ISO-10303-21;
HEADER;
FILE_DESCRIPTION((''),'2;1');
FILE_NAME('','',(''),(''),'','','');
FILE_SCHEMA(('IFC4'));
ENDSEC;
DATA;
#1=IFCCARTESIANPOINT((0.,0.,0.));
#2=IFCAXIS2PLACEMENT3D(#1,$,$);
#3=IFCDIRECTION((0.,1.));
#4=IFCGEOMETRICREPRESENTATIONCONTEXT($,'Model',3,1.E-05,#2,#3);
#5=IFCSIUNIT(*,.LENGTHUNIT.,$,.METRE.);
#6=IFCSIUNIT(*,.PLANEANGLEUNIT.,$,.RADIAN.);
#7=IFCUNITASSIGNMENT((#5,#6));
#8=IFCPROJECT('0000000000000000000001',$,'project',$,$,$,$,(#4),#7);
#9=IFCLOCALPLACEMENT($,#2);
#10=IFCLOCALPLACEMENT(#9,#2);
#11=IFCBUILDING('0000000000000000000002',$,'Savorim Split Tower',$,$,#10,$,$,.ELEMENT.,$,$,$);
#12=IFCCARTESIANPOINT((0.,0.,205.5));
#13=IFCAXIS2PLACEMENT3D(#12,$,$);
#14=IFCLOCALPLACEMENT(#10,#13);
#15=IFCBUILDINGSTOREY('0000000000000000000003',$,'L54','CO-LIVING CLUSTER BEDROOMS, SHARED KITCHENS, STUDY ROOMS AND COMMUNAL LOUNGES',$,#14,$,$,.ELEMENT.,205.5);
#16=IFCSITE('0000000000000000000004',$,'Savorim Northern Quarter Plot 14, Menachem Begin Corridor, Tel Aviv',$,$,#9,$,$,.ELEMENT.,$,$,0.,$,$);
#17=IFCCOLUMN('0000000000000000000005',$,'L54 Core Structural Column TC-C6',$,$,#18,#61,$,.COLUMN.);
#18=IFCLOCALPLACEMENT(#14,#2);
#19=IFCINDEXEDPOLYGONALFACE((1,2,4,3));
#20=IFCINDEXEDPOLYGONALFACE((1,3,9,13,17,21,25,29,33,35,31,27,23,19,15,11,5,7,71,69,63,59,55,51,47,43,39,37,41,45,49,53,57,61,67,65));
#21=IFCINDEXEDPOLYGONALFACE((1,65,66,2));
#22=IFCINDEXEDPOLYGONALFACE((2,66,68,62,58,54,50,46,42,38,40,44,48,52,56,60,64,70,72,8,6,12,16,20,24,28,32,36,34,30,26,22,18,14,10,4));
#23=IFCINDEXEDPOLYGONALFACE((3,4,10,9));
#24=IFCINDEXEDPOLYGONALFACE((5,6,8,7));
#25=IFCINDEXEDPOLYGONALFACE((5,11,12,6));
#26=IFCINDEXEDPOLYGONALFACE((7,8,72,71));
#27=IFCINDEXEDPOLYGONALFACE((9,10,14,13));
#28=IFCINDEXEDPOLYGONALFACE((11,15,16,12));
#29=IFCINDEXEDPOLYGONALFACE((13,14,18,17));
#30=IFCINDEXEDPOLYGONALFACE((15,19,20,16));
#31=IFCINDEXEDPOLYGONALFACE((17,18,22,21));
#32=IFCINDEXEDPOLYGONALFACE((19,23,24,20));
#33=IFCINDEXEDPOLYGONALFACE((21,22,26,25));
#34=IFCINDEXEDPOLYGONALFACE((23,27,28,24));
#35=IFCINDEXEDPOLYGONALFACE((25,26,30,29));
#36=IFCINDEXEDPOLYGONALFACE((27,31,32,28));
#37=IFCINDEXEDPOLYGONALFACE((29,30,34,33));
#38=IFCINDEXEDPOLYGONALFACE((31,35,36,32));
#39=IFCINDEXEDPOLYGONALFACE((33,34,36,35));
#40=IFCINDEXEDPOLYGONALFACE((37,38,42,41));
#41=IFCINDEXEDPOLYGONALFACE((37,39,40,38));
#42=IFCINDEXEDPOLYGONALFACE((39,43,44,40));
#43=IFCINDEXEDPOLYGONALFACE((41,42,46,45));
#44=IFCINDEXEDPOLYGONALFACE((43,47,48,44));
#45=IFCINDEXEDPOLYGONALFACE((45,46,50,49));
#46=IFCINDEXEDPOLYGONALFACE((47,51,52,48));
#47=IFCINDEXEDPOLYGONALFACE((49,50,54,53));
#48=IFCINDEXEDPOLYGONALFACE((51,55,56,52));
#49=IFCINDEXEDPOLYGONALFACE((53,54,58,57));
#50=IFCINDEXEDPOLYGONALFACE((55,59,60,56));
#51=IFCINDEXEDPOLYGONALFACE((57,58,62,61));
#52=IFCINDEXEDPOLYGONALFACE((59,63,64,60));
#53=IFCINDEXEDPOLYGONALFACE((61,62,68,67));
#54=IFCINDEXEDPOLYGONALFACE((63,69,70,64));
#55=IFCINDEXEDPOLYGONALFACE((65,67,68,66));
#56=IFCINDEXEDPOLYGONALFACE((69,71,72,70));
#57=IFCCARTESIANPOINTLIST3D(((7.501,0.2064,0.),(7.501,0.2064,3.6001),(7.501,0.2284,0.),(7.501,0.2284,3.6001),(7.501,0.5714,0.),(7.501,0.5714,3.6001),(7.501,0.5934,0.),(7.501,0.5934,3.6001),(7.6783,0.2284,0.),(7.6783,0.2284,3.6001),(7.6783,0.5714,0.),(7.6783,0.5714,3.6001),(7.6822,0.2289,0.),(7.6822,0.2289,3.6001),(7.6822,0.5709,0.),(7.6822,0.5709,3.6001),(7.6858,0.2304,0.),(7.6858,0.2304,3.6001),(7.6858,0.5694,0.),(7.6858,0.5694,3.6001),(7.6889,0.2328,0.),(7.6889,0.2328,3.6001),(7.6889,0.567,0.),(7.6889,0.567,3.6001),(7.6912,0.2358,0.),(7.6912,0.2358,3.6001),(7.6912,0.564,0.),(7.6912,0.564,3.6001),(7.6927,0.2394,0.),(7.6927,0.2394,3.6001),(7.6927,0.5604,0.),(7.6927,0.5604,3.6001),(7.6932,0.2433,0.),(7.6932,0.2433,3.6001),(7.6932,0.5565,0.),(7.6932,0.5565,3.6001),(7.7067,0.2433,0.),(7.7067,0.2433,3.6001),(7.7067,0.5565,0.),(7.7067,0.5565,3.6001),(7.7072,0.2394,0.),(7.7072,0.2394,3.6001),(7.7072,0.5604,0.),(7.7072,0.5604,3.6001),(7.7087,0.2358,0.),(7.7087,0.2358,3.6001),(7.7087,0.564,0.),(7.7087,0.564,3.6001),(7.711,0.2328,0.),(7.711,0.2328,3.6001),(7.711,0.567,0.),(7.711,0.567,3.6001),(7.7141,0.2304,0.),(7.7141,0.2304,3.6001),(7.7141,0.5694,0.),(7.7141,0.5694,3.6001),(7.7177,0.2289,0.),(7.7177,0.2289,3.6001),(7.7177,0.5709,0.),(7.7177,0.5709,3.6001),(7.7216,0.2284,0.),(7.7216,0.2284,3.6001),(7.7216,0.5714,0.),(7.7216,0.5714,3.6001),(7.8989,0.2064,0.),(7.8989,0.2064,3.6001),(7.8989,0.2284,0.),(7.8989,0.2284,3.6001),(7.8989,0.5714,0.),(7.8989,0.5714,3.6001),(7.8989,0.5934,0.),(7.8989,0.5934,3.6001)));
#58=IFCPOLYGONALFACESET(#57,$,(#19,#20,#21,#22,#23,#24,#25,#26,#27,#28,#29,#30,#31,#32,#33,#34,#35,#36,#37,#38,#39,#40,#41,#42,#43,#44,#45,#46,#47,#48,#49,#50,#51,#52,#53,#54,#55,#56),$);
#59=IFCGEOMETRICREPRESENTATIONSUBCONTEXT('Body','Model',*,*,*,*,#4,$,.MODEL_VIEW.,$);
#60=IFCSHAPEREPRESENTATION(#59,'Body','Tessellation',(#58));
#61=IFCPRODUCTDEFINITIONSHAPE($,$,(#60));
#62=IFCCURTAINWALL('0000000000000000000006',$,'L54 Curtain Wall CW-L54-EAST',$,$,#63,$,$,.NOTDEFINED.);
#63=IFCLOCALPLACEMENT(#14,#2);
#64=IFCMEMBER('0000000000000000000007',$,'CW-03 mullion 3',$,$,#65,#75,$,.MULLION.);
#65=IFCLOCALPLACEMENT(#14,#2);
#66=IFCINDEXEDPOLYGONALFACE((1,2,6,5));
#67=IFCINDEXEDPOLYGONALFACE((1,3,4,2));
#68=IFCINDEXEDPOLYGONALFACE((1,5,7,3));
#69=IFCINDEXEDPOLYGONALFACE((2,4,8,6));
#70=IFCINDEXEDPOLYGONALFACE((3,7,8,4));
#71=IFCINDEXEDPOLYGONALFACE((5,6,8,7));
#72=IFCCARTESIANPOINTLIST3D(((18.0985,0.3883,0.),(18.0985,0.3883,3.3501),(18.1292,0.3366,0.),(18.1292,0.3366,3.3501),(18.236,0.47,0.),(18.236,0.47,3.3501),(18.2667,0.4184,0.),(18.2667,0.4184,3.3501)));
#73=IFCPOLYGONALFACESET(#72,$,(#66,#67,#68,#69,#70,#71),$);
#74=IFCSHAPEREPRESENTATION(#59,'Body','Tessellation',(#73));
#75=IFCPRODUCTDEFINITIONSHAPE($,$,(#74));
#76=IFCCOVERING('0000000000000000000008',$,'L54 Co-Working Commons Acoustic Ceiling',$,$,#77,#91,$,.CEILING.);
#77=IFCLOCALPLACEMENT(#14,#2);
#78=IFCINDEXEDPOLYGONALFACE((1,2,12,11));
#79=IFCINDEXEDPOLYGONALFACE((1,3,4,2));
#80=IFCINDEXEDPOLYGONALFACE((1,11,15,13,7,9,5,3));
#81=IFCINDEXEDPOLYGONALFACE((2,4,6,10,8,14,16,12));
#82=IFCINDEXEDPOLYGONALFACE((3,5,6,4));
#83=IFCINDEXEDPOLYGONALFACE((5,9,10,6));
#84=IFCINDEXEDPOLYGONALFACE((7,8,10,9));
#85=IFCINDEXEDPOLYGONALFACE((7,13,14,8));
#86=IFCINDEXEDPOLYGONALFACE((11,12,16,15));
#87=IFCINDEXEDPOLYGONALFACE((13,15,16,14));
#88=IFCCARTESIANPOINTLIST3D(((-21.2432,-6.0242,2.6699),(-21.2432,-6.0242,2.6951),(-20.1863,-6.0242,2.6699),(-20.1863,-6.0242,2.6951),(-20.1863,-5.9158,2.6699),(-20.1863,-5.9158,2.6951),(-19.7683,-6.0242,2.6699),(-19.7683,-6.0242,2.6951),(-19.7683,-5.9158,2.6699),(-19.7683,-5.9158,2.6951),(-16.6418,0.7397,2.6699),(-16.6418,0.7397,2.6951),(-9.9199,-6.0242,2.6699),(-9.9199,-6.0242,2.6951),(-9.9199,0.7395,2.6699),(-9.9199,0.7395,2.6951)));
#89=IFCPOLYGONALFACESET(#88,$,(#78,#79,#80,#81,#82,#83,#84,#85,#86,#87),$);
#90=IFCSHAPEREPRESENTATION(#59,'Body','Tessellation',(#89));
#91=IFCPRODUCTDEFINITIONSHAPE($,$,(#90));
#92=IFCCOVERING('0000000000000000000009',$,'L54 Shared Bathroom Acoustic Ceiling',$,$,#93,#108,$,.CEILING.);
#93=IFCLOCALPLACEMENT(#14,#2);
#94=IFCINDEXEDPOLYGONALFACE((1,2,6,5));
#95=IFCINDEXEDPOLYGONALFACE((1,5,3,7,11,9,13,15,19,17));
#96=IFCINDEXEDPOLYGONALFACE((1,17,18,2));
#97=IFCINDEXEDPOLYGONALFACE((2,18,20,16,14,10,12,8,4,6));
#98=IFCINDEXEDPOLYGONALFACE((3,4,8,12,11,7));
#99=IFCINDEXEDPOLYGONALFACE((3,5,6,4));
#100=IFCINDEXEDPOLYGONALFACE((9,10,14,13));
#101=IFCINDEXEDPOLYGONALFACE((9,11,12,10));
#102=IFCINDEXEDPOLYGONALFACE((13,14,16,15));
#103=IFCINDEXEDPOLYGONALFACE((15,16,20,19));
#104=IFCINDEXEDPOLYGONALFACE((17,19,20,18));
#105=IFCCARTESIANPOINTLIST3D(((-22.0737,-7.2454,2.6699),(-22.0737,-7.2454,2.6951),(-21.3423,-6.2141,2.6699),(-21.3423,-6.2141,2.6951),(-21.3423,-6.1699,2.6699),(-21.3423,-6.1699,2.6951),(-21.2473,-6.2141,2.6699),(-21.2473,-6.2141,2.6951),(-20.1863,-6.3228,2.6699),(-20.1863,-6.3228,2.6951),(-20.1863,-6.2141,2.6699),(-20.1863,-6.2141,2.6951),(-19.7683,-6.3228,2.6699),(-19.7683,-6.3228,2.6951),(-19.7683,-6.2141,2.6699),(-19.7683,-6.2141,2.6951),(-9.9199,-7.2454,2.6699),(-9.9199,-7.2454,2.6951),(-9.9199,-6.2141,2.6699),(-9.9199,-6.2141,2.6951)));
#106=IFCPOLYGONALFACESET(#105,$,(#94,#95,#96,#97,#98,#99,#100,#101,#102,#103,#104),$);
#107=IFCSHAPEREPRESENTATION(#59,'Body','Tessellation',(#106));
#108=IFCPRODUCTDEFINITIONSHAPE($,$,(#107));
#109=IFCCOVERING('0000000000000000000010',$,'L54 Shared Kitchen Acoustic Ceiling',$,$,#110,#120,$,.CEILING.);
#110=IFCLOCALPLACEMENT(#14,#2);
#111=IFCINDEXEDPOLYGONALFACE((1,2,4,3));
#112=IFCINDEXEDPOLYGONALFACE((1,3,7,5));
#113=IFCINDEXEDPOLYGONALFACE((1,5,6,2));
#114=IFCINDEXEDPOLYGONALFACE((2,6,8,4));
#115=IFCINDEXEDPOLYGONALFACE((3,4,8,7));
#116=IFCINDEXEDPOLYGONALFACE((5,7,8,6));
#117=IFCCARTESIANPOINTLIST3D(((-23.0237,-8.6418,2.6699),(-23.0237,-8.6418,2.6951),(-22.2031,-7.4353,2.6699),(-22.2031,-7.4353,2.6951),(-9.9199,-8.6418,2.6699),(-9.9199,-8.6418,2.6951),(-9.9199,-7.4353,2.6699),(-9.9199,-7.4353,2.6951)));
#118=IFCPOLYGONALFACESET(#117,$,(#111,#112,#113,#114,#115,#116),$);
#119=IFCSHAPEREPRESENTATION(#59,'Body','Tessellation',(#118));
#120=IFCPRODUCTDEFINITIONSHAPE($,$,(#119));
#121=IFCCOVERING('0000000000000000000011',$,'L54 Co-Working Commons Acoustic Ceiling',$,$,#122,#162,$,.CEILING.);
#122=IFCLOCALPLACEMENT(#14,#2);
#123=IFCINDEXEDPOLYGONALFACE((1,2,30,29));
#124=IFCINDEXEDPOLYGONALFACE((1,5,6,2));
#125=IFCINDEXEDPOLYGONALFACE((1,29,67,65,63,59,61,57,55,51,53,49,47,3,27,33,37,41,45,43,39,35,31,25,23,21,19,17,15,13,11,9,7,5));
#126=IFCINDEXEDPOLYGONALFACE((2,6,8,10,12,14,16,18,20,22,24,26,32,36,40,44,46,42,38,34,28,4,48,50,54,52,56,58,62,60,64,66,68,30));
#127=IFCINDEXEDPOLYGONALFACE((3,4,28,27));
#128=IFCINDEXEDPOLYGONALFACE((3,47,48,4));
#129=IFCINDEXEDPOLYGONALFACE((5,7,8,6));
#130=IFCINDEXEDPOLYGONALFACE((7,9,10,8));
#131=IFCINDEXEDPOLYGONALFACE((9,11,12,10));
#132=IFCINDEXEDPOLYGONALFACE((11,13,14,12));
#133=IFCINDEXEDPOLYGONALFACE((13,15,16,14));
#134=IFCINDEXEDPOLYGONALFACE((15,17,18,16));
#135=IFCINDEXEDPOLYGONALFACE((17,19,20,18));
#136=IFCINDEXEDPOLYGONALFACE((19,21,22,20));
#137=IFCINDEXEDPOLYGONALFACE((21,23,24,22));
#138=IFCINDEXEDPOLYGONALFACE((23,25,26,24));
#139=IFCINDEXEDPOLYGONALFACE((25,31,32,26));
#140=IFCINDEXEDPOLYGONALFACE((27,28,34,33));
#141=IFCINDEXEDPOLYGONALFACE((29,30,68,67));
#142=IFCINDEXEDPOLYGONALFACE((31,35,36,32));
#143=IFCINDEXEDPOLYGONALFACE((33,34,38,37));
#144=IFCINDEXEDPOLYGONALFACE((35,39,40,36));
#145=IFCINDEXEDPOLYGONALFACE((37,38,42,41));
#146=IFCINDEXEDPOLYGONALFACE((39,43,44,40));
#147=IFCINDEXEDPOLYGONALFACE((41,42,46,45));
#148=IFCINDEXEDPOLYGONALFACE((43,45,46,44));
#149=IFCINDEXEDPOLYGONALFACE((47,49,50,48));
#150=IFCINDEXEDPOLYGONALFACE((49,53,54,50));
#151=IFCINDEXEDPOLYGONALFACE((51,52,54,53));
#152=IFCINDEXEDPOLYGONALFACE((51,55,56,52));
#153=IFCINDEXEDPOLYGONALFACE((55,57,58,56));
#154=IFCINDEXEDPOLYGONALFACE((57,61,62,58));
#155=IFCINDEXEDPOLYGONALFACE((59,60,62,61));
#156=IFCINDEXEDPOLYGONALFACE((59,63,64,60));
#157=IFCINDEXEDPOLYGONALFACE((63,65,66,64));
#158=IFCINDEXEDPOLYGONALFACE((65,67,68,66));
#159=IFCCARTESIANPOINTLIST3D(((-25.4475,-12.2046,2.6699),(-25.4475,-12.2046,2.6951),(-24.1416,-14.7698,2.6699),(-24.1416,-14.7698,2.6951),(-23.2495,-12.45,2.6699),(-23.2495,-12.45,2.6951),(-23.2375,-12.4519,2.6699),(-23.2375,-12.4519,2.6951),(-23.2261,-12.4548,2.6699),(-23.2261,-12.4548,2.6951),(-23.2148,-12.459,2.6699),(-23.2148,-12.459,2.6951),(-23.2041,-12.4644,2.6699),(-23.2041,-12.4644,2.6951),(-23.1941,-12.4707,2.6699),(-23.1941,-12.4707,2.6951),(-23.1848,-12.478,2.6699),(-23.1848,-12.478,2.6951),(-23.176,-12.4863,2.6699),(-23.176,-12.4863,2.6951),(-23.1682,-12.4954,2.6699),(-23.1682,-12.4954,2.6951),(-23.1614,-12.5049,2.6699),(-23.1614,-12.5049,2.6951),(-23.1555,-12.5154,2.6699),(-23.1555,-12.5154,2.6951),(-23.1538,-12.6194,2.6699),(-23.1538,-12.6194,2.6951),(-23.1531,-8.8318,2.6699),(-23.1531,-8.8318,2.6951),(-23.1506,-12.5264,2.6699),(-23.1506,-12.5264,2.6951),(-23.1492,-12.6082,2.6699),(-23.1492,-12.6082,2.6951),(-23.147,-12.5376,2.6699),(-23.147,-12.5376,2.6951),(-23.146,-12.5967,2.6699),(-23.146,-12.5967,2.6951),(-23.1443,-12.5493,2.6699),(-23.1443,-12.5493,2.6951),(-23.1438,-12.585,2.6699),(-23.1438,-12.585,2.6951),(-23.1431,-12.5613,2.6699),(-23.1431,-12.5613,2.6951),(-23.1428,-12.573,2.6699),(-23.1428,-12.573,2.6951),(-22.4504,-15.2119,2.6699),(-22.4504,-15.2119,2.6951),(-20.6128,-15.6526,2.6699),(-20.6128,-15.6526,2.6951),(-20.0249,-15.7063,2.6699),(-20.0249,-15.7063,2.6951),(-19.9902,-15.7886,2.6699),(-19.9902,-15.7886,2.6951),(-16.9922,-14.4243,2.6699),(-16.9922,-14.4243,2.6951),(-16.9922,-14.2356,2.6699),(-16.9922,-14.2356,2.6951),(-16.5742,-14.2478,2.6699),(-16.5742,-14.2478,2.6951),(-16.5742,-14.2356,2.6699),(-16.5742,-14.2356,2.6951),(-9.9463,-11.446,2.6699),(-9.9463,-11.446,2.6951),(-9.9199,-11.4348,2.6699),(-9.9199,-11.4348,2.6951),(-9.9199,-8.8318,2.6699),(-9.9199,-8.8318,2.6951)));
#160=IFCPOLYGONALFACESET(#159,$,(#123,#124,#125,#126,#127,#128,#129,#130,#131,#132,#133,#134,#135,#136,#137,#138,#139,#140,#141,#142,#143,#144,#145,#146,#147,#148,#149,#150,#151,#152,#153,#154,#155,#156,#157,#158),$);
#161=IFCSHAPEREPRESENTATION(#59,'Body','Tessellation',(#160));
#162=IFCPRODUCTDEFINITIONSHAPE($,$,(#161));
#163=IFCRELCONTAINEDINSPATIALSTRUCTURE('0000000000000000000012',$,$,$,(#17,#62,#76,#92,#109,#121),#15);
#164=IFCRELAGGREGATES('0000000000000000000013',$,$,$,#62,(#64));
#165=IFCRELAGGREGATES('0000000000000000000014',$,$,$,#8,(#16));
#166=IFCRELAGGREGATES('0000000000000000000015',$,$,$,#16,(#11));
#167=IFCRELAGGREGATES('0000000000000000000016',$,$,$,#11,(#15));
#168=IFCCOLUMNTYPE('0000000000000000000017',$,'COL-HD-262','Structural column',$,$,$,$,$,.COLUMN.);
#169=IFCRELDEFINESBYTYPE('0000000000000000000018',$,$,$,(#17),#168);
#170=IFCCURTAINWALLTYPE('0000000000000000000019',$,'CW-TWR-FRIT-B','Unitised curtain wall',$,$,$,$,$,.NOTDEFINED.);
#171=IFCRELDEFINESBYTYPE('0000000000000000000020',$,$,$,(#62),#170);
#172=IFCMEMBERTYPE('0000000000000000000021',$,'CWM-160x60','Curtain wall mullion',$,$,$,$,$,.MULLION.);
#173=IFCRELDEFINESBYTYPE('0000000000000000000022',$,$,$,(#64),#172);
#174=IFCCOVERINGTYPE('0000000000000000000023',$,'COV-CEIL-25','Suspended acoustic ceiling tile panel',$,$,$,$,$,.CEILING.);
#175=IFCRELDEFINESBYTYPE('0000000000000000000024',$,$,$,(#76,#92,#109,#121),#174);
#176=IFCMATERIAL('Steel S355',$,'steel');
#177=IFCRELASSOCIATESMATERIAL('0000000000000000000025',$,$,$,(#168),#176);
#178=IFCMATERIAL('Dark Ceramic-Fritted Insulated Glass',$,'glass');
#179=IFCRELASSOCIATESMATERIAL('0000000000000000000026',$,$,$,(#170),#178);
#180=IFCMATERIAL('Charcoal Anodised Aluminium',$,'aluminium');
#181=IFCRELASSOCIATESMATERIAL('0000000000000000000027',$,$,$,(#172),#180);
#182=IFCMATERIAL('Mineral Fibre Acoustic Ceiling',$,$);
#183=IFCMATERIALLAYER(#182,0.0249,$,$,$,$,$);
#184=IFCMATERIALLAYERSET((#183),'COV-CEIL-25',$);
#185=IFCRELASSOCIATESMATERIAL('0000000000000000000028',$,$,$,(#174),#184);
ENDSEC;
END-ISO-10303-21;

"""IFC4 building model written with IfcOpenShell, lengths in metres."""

from ifc_helpers import new_model, si_unit, direction, frame, origin, origin_2d, place, context, subcontext, project, spatial, polyline, rectangle, i_section, outline, extrude, material, layer, layer_set, material_profile, profile_set, type_object, element, aggregate, save


model = new_model("IFC4")

# Units and contexts
model_context = context("Model", 3, precision=1e-05, world=origin(), true_north=direction((0.0, 1.0)))
body_context = subcontext(model_context, "Body", "Model", "MODEL_VIEW")
ifc_project = project(units=[si_unit("LENGTHUNIT", "METRE"), si_unit("PLANEANGLEUNIT", "RADIAN")], contexts=[model_context])

# Site, building, storey
site_placement = place(None, origin())
site = spatial("IfcSite", under=ifc_project, at=site_placement, Name="Savorim Northern Quarter Plot 14, Menachem Begin Corridor, Tel Aviv", CompositionType="ELEMENT", RefElevation=0.0)
building_placement = place(site_placement, origin())
building = spatial("IfcBuilding", under=site, at=building_placement, Name="Savorim Split Tower", CompositionType="ELEMENT")
storey_placement = place(building_placement, frame((0.0, 0.0, 205.5)))
storey = spatial("IfcBuildingStorey", under=building, at=storey_placement, Name="L54", Description="CO-LIVING CLUSTER BEDROOMS, SHARED KITCHENS, STUDY ROOMS AND COMMUNAL LOUNGES", CompositionType="ELEMENT", Elevation=205.5)

# Column
ifc_material_1 = material(Name="Steel S355", Category="steel")
ifc_material_profile_1 = material_profile(ifc_material_1, i_section(OverallWidth=0.3979, OverallDepth=0.387, WebThickness=0.0134, FlangeThickness=0.022, FilletRadius=0.0149, at=origin_2d()), Name="HD 400x262")
ifc_profile_set_1 = profile_set([ifc_material_profile_1], Name="Steel S355")
column_type = type_object("IfcColumnType", Name="COL-HD-262", Description="Structural column", PredefinedType="COLUMN", material=ifc_profile_set_1)
column_placement = place(storey_placement, frame((7.7, 0.3999, 0.0), z_axis=(0.0, 0.0, 1.0), x_axis=(1.0, 0.0, 0.0)))
element("IfcColumn", 1, at=column_placement, inside=storey, type_object=column_type, Name="L54 Core Structural Column TC-C6", PredefinedType="COLUMN", context=body_context, shape_type="SweptSolid", body=[
    extrude(i_section(OverallWidth=0.3979, OverallDepth=0.387, WebThickness=0.0134, FlangeThickness=0.022, FilletRadius=0.0149, at=origin_2d()), origin(), (0.0, 0.0, 1.0), 3.6001),
])

# Curtain wall, member
ifc_material_2 = material(Name="Dark Ceramic-Fritted Insulated Glass", Category="glass")
curtain_wall_type = type_object("IfcCurtainWallType", Name="CW-TWR-FRIT-B", Description="Unitised curtain wall", PredefinedType="NOTDEFINED", material=ifc_material_2)
curtain_wall_placement = place(storey_placement, origin())
curtain_wall = element("IfcCurtainWall", 2, at=curtain_wall_placement, inside=storey, type_object=curtain_wall_type, Name="L54 Curtain Wall CW-L54-EAST", PredefinedType="NOTDEFINED")
ifc_material_3 = material(Name="Charcoal Anodised Aluminium", Category="aluminium")
ifc_material_profile_2 = material_profile(ifc_material_3, rectangle(XDim=0.1599, YDim=0.0601, at=origin_2d()), Name="ALU-M 160x60")
ifc_profile_set_2 = profile_set([ifc_material_profile_2], Name="Charcoal Anodised Aluminium")
member_type = type_object("IfcMemberType", Name="CWM-160x60", Description="Curtain wall mullion", PredefinedType="MULLION", material=ifc_profile_set_2)
member_placement = place(storey_placement, frame((18.1826, 0.4033, 0.0), z_axis=(0.0, 0.0, 1.0), x_axis=(-0.859526, -0.511092, 0.0)))
member = element("IfcMember", 3, at=member_placement, type_object=member_type, Name="CW-03 mullion 3", PredefinedType="MULLION", context=body_context, shape_type="SweptSolid", body=[
    extrude(rectangle(XDim=0.1599, YDim=0.0601, at=origin_2d()), origin(), (0.0, 0.0, 1.0), 3.3501),
])
aggregate(curtain_wall, [member])

# Coverings
ifc_material_4 = material(Name="Mineral Fibre Acoustic Ceiling")
ifc_layer_1 = layer(ifc_material_4, 0.0249)
ifc_layer_set_1 = layer_set([ifc_layer_1], Name="COV-CEIL-25")
covering_type_1 = type_object("IfcCoveringType", Name="COV-CEIL-25", Description="Suspended acoustic ceiling tile panel", PredefinedType="CEILING", material=ifc_layer_set_1)
covering_1_placement = place(storey_placement, frame((0.0, 0.0, 2.6699)))
element("IfcCovering", 4, at=covering_1_placement, inside=storey, type_object=covering_type_1, Name="L54 Co-Working Commons Acoustic Ceiling", PredefinedType="CEILING", context=body_context, shape_type="SweptSolid", body=[
    extrude(outline(polyline([(-19.7683, -5.9158), (-19.7683, -6.0242), (-9.9199, -6.0242), (-9.9199, 0.7395), (-16.6418, 0.7397), (-21.2432, -6.0242), (-20.1863, -6.0242), (-20.1863, -5.9158), (-19.7683, -5.9158)])), origin(), (0.0, 0.0, 1.0), 0.0251),
])
covering_2_placement = place(storey_placement, frame((0.0, 0.0, 2.6699)))
element("IfcCovering", 5, at=covering_2_placement, inside=storey, type_object=covering_type_1, Name="L54 Shared Bathroom Acoustic Ceiling", PredefinedType="CEILING", context=body_context, shape_type="SweptSolid", body=[
    extrude(outline(polyline([(-21.2473, -6.2141), (-21.3423, -6.2141), (-21.3423, -6.1699), (-22.0737, -7.2454), (-9.9199, -7.2454), (-9.9199, -6.2141), (-19.7683, -6.2141), (-19.7683, -6.3228), (-20.1863, -6.3228), (-20.1863, -6.2141), (-21.2473, -6.2141)])), origin(), (0.0, 0.0, 1.0), 0.0251),
])
covering_3_placement = place(storey_placement, frame((0.0, 0.0, 2.6699)))
element("IfcCovering", 6, at=covering_3_placement, inside=storey, type_object=covering_type_1, Name="L54 Shared Kitchen Acoustic Ceiling", PredefinedType="CEILING", context=body_context, shape_type="SweptSolid", body=[
    extrude(outline(polyline([(-9.9199, -8.6418), (-9.9199, -7.4353), (-22.2031, -7.4353), (-23.0237, -8.6418), (-9.9199, -8.6418)])), origin(), (0.0, 0.0, 1.0), 0.0251),
])
covering_4_placement = place(storey_placement, frame((0.0, 0.0, 2.6699)))
element("IfcCovering", 7, at=covering_4_placement, inside=storey, type_object=covering_type_1, Name="L54 Co-Working Commons Acoustic Ceiling", PredefinedType="CEILING", context=body_context, shape_type="SweptSolid", body=[
    extrude(outline(polyline([(-23.1431, -12.5613), (-23.1428, -12.573), (-23.1438, -12.585), (-23.146, -12.5967), (-23.1492, -12.6082), (-23.1538, -12.6194), (-24.1416, -14.7698), (-22.4504, -15.2119), (-20.6128, -15.6526), (-19.9902, -15.7886), (-20.0249, -15.7063), (-16.9922, -14.4243), (-16.9922, -14.2356), (-16.5742, -14.2356), (-16.5742, -14.2478), (-9.9463, -11.446), (-9.9199, -11.4348), (-9.9199, -8.8318), (-23.1531, -8.8318), (-25.4475, -12.2046), (-23.2495, -12.45), (-23.2375, -12.4519), (-23.2261, -12.4548), (-23.2148, -12.459), (-23.2041, -12.4644), (-23.1941, -12.4707), (-23.1848, -12.478), (-23.176, -12.4863), (-23.1682, -12.4954), (-23.1614, -12.5049), (-23.1555, -12.5154), (-23.1506, -12.5264), (-23.147, -12.5376), (-23.1443, -12.5493), (-23.1431, -12.5613)])), origin(), (0.0, 0.0, 1.0), 0.0251),
])

save(model, "model.ifc")
